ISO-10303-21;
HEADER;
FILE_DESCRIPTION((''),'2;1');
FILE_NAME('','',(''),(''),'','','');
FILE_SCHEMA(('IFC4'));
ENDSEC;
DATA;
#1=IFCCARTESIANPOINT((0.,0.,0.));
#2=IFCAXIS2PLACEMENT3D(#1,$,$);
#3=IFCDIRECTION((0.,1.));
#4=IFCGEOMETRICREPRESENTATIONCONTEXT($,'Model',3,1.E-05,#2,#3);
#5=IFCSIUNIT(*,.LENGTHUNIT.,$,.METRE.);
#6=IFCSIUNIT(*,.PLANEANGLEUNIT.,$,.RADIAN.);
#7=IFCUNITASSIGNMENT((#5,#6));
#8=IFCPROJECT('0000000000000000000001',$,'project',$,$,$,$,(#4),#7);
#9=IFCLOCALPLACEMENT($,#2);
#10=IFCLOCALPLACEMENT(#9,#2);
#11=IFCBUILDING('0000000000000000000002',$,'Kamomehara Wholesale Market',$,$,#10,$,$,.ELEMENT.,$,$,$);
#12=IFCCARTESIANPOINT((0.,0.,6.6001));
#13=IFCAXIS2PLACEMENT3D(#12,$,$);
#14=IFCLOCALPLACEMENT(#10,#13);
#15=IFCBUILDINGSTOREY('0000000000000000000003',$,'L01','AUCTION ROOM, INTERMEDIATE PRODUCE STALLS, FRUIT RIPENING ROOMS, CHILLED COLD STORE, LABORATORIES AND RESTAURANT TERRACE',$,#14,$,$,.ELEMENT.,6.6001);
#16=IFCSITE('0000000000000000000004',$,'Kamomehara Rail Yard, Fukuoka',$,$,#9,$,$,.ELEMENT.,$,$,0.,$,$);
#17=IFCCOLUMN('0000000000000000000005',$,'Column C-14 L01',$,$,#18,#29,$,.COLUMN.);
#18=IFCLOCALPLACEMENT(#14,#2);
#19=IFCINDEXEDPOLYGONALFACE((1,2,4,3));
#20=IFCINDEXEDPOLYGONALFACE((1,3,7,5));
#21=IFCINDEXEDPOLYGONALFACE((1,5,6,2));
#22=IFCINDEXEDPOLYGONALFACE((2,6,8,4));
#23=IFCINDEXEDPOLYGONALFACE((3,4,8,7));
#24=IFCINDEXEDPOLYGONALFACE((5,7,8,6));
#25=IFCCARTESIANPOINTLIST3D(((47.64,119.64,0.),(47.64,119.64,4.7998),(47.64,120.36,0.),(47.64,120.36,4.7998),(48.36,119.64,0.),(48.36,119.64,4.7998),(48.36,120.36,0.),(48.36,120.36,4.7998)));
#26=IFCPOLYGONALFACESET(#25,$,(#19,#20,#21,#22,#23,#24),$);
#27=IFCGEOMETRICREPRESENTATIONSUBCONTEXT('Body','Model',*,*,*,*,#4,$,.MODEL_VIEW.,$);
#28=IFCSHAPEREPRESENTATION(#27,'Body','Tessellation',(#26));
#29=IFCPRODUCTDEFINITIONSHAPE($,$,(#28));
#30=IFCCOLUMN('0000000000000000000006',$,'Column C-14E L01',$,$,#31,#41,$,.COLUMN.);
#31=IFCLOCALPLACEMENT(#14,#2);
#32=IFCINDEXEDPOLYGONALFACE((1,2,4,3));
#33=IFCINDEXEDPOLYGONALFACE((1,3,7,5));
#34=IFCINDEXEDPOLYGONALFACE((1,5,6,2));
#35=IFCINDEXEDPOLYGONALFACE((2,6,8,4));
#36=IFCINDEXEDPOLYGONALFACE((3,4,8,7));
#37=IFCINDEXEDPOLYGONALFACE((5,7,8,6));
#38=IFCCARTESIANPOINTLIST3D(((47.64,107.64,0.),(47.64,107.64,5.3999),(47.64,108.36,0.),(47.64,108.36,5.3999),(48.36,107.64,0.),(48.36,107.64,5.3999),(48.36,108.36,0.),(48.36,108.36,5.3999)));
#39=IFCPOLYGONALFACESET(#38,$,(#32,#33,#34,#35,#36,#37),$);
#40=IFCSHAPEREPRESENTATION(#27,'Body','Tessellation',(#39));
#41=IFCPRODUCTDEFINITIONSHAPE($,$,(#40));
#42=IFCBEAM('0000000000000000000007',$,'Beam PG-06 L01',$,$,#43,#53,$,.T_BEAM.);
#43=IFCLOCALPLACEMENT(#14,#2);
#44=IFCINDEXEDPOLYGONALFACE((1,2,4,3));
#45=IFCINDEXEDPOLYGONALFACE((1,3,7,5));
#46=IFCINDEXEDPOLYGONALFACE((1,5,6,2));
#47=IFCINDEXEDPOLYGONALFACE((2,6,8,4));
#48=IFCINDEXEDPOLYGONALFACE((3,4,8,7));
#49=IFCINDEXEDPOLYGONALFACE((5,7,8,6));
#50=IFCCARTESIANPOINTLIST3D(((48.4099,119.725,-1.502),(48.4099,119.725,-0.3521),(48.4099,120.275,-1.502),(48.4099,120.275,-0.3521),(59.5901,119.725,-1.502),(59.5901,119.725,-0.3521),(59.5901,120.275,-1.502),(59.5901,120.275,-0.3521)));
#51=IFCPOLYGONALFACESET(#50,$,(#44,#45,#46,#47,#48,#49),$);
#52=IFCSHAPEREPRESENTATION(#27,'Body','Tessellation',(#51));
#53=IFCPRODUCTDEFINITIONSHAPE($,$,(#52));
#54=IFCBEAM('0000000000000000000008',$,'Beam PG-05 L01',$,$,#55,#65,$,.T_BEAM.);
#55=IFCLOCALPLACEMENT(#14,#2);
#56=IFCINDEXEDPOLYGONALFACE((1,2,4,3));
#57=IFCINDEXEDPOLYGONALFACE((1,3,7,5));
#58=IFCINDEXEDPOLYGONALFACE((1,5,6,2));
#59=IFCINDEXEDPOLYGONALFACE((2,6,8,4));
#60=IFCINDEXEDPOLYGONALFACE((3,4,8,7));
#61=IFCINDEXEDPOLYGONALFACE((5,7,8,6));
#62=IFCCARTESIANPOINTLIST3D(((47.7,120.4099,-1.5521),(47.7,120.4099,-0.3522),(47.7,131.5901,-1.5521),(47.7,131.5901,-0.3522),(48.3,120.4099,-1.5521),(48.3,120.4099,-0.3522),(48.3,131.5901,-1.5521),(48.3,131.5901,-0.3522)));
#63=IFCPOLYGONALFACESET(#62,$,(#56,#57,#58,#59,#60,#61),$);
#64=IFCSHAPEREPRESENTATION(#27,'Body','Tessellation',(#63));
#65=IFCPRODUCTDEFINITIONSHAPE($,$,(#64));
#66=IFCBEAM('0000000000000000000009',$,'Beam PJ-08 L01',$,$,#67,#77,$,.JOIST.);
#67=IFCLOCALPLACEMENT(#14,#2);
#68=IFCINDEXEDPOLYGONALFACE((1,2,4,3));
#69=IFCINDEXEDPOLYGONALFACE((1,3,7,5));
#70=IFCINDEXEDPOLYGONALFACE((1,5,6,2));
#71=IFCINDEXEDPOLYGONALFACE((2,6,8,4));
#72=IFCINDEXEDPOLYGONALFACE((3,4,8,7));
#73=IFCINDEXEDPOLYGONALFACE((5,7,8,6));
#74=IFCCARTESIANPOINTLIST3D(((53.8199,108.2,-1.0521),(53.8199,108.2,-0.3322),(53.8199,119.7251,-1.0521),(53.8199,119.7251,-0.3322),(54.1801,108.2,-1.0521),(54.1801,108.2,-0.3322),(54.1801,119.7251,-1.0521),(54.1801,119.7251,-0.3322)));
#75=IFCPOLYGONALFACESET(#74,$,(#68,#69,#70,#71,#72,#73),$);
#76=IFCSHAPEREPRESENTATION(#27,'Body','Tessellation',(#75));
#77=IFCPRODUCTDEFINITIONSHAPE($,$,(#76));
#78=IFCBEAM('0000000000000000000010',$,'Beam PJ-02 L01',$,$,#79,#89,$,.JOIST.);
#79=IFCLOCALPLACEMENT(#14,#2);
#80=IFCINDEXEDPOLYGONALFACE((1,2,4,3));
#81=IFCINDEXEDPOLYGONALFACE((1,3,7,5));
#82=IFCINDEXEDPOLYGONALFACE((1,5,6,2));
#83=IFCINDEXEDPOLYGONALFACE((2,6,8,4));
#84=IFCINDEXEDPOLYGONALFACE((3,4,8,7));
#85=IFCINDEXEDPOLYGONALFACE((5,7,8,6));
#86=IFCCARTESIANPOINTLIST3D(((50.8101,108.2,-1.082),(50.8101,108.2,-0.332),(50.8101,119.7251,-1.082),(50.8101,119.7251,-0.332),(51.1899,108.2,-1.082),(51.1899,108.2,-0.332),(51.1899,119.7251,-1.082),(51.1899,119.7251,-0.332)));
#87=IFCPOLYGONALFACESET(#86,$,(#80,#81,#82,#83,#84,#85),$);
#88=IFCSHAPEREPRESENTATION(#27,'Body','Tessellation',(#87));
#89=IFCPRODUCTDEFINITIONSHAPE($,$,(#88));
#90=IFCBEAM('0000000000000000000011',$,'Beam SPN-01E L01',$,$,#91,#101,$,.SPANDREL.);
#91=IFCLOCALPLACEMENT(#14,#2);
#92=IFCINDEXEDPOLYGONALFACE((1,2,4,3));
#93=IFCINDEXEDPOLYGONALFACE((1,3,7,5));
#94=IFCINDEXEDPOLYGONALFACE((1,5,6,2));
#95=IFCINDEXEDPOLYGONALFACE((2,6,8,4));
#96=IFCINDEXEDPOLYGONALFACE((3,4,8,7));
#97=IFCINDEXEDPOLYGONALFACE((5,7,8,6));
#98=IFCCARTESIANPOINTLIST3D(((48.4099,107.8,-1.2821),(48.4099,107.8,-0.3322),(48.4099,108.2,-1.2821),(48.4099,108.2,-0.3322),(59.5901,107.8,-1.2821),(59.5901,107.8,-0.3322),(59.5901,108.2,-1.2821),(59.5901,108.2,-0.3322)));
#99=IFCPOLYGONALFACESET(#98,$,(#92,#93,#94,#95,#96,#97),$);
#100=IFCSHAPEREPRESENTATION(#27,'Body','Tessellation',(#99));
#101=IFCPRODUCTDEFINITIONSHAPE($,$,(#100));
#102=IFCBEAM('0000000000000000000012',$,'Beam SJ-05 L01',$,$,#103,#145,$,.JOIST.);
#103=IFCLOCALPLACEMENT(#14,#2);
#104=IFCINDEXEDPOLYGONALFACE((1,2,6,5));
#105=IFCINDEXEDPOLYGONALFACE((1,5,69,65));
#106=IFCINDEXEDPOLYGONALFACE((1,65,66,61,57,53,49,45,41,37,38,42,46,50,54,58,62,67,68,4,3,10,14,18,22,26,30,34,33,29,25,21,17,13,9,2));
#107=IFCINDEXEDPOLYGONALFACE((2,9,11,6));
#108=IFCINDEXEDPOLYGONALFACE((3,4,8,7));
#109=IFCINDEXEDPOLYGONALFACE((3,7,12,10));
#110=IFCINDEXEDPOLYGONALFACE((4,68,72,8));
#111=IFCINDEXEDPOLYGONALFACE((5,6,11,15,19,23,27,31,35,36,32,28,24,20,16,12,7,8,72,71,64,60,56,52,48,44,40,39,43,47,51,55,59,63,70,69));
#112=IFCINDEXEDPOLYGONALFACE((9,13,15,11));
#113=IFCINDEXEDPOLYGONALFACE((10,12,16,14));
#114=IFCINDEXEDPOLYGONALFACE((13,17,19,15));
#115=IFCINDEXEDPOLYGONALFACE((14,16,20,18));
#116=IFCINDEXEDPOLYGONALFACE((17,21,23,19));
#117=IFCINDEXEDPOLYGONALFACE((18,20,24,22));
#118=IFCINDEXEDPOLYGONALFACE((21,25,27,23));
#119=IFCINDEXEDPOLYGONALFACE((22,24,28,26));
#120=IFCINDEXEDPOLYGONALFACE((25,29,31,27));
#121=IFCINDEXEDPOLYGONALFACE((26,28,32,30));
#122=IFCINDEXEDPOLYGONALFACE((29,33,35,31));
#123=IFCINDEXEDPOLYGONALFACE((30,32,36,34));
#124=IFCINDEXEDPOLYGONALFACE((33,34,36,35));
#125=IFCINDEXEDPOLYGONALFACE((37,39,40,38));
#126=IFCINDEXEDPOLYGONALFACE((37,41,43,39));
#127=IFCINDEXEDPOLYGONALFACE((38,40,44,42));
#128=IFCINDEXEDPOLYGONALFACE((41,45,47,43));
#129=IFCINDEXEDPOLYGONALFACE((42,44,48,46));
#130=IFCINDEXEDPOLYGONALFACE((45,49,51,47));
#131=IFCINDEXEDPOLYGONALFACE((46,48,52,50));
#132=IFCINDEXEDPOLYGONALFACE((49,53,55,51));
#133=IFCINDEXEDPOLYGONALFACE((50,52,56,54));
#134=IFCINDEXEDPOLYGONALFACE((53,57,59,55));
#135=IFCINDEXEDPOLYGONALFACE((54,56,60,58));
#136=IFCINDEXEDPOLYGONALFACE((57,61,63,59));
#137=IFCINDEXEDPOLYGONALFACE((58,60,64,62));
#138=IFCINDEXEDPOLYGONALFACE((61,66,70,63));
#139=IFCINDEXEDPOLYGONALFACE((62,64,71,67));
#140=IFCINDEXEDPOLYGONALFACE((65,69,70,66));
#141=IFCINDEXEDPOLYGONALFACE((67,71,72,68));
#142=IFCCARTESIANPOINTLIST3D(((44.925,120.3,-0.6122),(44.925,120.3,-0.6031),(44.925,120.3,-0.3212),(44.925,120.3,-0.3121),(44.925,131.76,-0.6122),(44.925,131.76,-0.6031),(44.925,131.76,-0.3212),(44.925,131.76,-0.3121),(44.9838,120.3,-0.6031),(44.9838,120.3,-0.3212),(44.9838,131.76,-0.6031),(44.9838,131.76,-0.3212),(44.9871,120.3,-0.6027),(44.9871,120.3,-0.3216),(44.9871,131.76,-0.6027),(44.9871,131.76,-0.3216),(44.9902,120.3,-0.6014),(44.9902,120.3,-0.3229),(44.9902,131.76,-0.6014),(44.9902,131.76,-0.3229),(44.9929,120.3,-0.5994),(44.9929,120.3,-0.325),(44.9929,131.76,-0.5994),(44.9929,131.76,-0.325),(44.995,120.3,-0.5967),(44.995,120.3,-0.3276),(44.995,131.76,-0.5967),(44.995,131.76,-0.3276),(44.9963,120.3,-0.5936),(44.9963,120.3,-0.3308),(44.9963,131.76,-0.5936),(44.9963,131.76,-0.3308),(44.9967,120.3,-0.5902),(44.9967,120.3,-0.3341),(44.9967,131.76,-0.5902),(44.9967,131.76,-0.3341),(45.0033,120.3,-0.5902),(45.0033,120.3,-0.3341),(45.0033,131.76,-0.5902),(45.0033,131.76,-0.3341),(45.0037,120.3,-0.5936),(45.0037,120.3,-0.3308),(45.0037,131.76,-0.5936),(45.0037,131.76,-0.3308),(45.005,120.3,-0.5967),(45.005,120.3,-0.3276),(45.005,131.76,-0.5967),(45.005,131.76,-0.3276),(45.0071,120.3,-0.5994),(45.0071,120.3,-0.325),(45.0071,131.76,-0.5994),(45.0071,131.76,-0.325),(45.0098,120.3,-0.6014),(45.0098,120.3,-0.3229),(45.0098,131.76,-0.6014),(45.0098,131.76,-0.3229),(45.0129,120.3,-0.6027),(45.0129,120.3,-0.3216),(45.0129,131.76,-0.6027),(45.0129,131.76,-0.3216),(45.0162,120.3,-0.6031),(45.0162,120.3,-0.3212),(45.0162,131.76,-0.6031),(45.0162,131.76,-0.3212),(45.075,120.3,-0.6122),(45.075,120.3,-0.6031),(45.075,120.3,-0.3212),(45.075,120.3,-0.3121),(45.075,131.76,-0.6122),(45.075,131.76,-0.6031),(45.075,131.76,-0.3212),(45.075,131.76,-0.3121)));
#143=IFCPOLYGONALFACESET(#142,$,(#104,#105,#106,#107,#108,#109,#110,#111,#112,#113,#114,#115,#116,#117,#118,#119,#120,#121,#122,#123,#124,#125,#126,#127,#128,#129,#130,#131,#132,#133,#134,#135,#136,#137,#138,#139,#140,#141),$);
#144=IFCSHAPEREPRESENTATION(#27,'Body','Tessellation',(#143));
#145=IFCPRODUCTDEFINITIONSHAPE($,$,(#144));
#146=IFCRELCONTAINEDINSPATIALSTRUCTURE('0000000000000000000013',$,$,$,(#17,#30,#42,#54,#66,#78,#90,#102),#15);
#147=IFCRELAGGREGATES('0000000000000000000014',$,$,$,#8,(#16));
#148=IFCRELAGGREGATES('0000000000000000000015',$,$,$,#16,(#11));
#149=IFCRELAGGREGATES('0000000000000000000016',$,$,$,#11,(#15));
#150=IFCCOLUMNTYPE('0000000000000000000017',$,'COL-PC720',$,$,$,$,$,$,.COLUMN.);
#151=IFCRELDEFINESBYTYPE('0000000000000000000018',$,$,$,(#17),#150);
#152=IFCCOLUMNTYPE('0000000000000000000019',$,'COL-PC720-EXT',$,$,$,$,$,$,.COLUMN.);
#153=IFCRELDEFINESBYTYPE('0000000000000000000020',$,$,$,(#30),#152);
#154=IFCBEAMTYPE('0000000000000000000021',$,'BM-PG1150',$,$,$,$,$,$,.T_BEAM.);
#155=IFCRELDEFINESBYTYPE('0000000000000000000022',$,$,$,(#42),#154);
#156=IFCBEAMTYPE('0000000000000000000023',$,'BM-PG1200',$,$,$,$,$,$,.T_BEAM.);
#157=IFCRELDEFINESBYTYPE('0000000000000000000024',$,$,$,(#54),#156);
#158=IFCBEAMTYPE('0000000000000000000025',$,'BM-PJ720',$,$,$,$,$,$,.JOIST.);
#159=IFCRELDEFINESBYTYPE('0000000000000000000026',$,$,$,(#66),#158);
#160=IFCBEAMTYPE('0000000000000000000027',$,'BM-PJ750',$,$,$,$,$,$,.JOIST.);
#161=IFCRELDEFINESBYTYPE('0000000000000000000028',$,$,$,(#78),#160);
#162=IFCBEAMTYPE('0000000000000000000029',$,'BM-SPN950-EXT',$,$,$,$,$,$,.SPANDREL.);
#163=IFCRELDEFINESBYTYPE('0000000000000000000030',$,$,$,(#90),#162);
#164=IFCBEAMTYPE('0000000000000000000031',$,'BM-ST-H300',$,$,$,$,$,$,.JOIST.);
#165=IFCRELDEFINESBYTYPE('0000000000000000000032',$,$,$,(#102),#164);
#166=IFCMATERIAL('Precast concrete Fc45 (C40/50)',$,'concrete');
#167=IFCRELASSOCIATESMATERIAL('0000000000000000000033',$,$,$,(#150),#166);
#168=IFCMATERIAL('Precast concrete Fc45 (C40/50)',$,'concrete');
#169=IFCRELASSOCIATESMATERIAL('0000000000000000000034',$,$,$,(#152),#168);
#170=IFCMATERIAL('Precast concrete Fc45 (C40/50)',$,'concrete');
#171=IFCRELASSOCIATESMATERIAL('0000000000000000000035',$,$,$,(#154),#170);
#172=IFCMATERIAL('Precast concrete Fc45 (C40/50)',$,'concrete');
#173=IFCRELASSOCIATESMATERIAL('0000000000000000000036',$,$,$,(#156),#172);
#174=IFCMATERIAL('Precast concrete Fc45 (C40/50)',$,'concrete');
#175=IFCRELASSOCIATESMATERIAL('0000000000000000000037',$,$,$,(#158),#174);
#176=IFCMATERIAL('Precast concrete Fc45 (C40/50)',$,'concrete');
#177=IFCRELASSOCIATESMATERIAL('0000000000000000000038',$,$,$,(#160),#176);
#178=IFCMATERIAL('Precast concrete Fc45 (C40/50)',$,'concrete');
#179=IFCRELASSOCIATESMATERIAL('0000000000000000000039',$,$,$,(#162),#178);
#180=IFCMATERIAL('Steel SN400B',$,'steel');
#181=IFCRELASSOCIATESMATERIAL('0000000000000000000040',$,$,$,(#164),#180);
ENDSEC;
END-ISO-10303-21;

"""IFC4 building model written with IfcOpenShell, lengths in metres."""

from ifc_helpers import new_model, si_unit, direction, frame, origin, origin_2d, place, context, subcontext, project, spatial, rectangle, i_section, extrude, material, material_profile, profile_set, type_object, element, save


model = new_model("IFC4")

# Units and contexts
model_context = context("Model", 3, precision=1e-05, world=origin(), true_north=direction((0.0, 1.0)))
body_context = subcontext(model_context, "Body", "Model", "MODEL_VIEW")
ifc_project = project(units=[si_unit("LENGTHUNIT", "METRE"), si_unit("PLANEANGLEUNIT", "RADIAN")], contexts=[model_context])

# Site, building, storey
site_placement = place(None, origin())
site = spatial("IfcSite", under=ifc_project, at=site_placement, Name="Kamomehara Rail Yard, Fukuoka", CompositionType="ELEMENT", RefElevation=0.0)
building_placement = place(site_placement, origin())
building = spatial("IfcBuilding", under=site, at=building_placement, Name="Kamomehara Wholesale Market", CompositionType="ELEMENT")
storey_placement = place(building_placement, frame((0.0, 0.0, 6.6001)))
storey = spatial("IfcBuildingStorey", under=building, at=storey_placement, Name="L01", Description="AUCTION ROOM, INTERMEDIATE PRODUCE STALLS, FRUIT RIPENING ROOMS, CHILLED COLD STORE, LABORATORIES AND RESTAURANT TERRACE", CompositionType="ELEMENT", Elevation=6.6001)

# Columns
ifc_material_1 = material(Name="Precast concrete Fc45 (C40/50)", Category="concrete")
ifc_material_profile_1 = material_profile(ifc_material_1, rectangle(XDim=0.72, YDim=0.72, at=origin_2d()), Name="PC-COL-720x720")
ifc_profile_set_1 = profile_set([ifc_material_profile_1], Name="Precast concrete Fc45 (C40/50)")
column_type_1 = type_object("IfcColumnType", Name="COL-PC720", PredefinedType="COLUMN", material=ifc_profile_set_1)
column_1_placement = place(storey_placement, frame((48.0, 120.0, 0.0), z_axis=(0.0, 0.0, 1.0), x_axis=(1.0, 0.0, 0.0)))
element("IfcColumn", 1, at=column_1_placement, inside=storey, type_object=column_type_1, Name="Column C-14 L01", PredefinedType="COLUMN", context=body_context, shape_type="SweptSolid", body=[
    extrude(rectangle(XDim=0.72, YDim=0.72, at=origin_2d()), origin(), (0.0, 0.0, 1.0), 4.7998),
])
ifc_material_2 = material(Name="Precast concrete Fc45 (C40/50)", Category="concrete")
ifc_material_profile_2 = material_profile(ifc_material_2, rectangle(XDim=0.72, YDim=0.72, at=origin_2d()), Name="PC-COL-720x720")
ifc_profile_set_2 = profile_set([ifc_material_profile_2], Name="Precast concrete Fc45 (C40/50)")
column_type_2 = type_object("IfcColumnType", Name="COL-PC720-EXT", PredefinedType="COLUMN", material=ifc_profile_set_2)
column_2_placement = place(storey_placement, frame((48.0, 108.0, 0.0), z_axis=(0.0, 0.0, 1.0), x_axis=(1.0, 0.0, 0.0)))
element("IfcColumn", 2, at=column_2_placement, inside=storey, type_object=column_type_2, Name="Column C-14E L01", PredefinedType="COLUMN", context=body_context, shape_type="SweptSolid", body=[
    extrude(rectangle(XDim=0.72, YDim=0.72, at=origin_2d()), origin(), (0.0, 0.0, 1.0), 5.3999),
])

# Beams
ifc_material_3 = material(Name="Precast concrete Fc45 (C40/50)", Category="concrete")
ifc_material_profile_3 = material_profile(ifc_material_3, rectangle(XDim=0.55, YDim=1.1499, at=origin_2d()), Name="PC-GRD-550x1150")
ifc_profile_set_3 = profile_set([ifc_material_profile_3], Name="Precast concrete Fc45 (C40/50)")
beam_type_1 = type_object("IfcBeamType", Name="BM-PG1150", PredefinedType="T_BEAM", material=ifc_profile_set_3)
beam_1_placement = place(storey_placement, frame((48.4099, 120.0, -0.927), z_axis=(1.0, 0.0, 0.0), x_axis=(0.0, 1.0, 0.0)))
element("IfcBeam", 3, at=beam_1_placement, inside=storey, type_object=beam_type_1, Name="Beam PG-06 L01", PredefinedType="T_BEAM", context=body_context, shape_type="SweptSolid", body=[
    extrude(rectangle(XDim=0.55, YDim=1.1499, at=origin_2d()), origin(), (0.0, 0.0, 1.0), 11.1802),
])
ifc_material_4 = material(Name="Precast concrete Fc45 (C40/50)", Category="concrete")
ifc_material_profile_4 = material_profile(ifc_material_4, rectangle(XDim=0.6001, YDim=1.2, at=origin_2d()), Name="PC-GRD-600x1200")
ifc_profile_set_4 = profile_set([ifc_material_profile_4], Name="Precast concrete Fc45 (C40/50)")
beam_type_2 = type_object("IfcBeamType", Name="BM-PG1200", PredefinedType="T_BEAM", material=ifc_profile_set_4)
beam_2_placement = place(storey_placement, frame((48.0, 120.4099, -0.9521), z_axis=(0.0, 1.0, 0.0), x_axis=(-1.0, 0.0, 0.0)))
element("IfcBeam", 4, at=beam_2_placement, inside=storey, type_object=beam_type_2, Name="Beam PG-05 L01", PredefinedType="T_BEAM", context=body_context, shape_type="SweptSolid", body=[
    extrude(rectangle(XDim=0.6001, YDim=1.2, at=origin_2d()), origin(), (0.0, 0.0, 1.0), 11.1802),
])
ifc_material_5 = material(Name="Precast concrete Fc45 (C40/50)", Category="concrete")
ifc_material_profile_5 = material_profile(ifc_material_5, rectangle(XDim=0.3601, YDim=0.72, at=origin_2d()), Name="PC-JST-360x720")
ifc_profile_set_5 = profile_set([ifc_material_profile_5], Name="Precast concrete Fc45 (C40/50)")
beam_type_3 = type_object("IfcBeamType", Name="BM-PJ720", PredefinedType="JOIST", material=ifc_profile_set_5)
beam_3_placement = place(storey_placement, frame((54.0, 108.2, -0.6921), z_axis=(0.0, 1.0, 0.0), x_axis=(-1.0, 0.0, 0.0)))
element("IfcBeam", 5, at=beam_3_placement, inside=storey, type_object=beam_type_3, Name="Beam PJ-08 L01", PredefinedType="JOIST", context=body_context, shape_type="SweptSolid", body=[
    extrude(rectangle(XDim=0.3601, YDim=0.72, at=origin_2d()), origin(), (0.0, 0.0, 1.0), 11.5251),
])
ifc_material_6 = material(Name="Precast concrete Fc45 (C40/50)", Category="concrete")
ifc_material_profile_6 = material_profile(ifc_material_6, rectangle(XDim=0.3799, YDim=0.75, at=origin_2d()), Name="PC-JST-380x750")
ifc_profile_set_6 = profile_set([ifc_material_profile_6], Name="Precast concrete Fc45 (C40/50)")
beam_type_4 = type_object("IfcBeamType", Name="BM-PJ750", PredefinedType="JOIST", material=ifc_profile_set_6)
beam_4_placement = place(storey_placement, frame((51.0, 108.2, -0.707), z_axis=(0.0, 1.0, 0.0), x_axis=(-1.0, 0.0, 0.0)))
element("IfcBeam", 6, at=beam_4_placement, inside=storey, type_object=beam_type_4, Name="Beam PJ-02 L01", PredefinedType="JOIST", context=body_context, shape_type="SweptSolid", body=[
    extrude(rectangle(XDim=0.3799, YDim=0.75, at=origin_2d()), origin(), (0.0, 0.0, 1.0), 11.5251),
])
ifc_material_7 = material(Name="Precast concrete Fc45 (C40/50)", Category="concrete")
ifc_material_profile_7 = material_profile(ifc_material_7, rectangle(XDim=0.3999, YDim=0.95, at=origin_2d()), Name="PC-SPN-400x950")
ifc_profile_set_7 = profile_set([ifc_material_profile_7], Name="Precast concrete Fc45 (C40/50)")
beam_type_5 = type_object("IfcBeamType", Name="BM-SPN950-EXT", PredefinedType="SPANDREL", material=ifc_profile_set_7)
beam_5_placement = place(storey_placement, frame((48.4099, 108.0, -0.8071), z_axis=(1.0, 0.0, 0.0), x_axis=(0.0, 1.0, 0.0)))
element("IfcBeam", 7, at=beam_5_placement, inside=storey, type_object=beam_type_5, Name="Beam SPN-01E L01", PredefinedType="SPANDREL", context=body_context, shape_type="SweptSolid", body=[
    extrude(rectangle(XDim=0.3999, YDim=0.95, at=origin_2d()), origin(), (0.0, 0.0, 1.0), 11.1802),
])
ifc_material_8 = material(Name="Steel SN400B", Category="steel")
ifc_material_profile_8 = material_profile(ifc_material_8, i_section(OverallWidth=0.1499, OverallDepth=0.3, WebThickness=0.0066, FlangeThickness=0.009, FilletRadius=0.0129, at=origin_2d()), Name="H-300x150x6.5x9")
ifc_profile_set_8 = profile_set([ifc_material_profile_8], Name="Steel SN400B")
beam_type_6 = type_object("IfcBeamType", Name="BM-ST-H300", PredefinedType="JOIST", material=ifc_profile_set_8)
beam_6_placement = place(storey_placement, frame((45.0, 120.3, -0.4622), z_axis=(0.0, 1.0, 0.0), x_axis=(-1.0, 0.0, 0.0)))
element("IfcBeam", 8, at=beam_6_placement, inside=storey, type_object=beam_type_6, Name="Beam SJ-05 L01", PredefinedType="JOIST", context=body_context, shape_type="SweptSolid", body=[
    extrude(i_section(OverallWidth=0.1499, OverallDepth=0.3, WebThickness=0.0066, FlangeThickness=0.009, FilletRadius=0.0129, at=origin_2d()), origin(), (0.0, 0.0, 1.0), 11.46),
])

save(model, "model.ifc")
